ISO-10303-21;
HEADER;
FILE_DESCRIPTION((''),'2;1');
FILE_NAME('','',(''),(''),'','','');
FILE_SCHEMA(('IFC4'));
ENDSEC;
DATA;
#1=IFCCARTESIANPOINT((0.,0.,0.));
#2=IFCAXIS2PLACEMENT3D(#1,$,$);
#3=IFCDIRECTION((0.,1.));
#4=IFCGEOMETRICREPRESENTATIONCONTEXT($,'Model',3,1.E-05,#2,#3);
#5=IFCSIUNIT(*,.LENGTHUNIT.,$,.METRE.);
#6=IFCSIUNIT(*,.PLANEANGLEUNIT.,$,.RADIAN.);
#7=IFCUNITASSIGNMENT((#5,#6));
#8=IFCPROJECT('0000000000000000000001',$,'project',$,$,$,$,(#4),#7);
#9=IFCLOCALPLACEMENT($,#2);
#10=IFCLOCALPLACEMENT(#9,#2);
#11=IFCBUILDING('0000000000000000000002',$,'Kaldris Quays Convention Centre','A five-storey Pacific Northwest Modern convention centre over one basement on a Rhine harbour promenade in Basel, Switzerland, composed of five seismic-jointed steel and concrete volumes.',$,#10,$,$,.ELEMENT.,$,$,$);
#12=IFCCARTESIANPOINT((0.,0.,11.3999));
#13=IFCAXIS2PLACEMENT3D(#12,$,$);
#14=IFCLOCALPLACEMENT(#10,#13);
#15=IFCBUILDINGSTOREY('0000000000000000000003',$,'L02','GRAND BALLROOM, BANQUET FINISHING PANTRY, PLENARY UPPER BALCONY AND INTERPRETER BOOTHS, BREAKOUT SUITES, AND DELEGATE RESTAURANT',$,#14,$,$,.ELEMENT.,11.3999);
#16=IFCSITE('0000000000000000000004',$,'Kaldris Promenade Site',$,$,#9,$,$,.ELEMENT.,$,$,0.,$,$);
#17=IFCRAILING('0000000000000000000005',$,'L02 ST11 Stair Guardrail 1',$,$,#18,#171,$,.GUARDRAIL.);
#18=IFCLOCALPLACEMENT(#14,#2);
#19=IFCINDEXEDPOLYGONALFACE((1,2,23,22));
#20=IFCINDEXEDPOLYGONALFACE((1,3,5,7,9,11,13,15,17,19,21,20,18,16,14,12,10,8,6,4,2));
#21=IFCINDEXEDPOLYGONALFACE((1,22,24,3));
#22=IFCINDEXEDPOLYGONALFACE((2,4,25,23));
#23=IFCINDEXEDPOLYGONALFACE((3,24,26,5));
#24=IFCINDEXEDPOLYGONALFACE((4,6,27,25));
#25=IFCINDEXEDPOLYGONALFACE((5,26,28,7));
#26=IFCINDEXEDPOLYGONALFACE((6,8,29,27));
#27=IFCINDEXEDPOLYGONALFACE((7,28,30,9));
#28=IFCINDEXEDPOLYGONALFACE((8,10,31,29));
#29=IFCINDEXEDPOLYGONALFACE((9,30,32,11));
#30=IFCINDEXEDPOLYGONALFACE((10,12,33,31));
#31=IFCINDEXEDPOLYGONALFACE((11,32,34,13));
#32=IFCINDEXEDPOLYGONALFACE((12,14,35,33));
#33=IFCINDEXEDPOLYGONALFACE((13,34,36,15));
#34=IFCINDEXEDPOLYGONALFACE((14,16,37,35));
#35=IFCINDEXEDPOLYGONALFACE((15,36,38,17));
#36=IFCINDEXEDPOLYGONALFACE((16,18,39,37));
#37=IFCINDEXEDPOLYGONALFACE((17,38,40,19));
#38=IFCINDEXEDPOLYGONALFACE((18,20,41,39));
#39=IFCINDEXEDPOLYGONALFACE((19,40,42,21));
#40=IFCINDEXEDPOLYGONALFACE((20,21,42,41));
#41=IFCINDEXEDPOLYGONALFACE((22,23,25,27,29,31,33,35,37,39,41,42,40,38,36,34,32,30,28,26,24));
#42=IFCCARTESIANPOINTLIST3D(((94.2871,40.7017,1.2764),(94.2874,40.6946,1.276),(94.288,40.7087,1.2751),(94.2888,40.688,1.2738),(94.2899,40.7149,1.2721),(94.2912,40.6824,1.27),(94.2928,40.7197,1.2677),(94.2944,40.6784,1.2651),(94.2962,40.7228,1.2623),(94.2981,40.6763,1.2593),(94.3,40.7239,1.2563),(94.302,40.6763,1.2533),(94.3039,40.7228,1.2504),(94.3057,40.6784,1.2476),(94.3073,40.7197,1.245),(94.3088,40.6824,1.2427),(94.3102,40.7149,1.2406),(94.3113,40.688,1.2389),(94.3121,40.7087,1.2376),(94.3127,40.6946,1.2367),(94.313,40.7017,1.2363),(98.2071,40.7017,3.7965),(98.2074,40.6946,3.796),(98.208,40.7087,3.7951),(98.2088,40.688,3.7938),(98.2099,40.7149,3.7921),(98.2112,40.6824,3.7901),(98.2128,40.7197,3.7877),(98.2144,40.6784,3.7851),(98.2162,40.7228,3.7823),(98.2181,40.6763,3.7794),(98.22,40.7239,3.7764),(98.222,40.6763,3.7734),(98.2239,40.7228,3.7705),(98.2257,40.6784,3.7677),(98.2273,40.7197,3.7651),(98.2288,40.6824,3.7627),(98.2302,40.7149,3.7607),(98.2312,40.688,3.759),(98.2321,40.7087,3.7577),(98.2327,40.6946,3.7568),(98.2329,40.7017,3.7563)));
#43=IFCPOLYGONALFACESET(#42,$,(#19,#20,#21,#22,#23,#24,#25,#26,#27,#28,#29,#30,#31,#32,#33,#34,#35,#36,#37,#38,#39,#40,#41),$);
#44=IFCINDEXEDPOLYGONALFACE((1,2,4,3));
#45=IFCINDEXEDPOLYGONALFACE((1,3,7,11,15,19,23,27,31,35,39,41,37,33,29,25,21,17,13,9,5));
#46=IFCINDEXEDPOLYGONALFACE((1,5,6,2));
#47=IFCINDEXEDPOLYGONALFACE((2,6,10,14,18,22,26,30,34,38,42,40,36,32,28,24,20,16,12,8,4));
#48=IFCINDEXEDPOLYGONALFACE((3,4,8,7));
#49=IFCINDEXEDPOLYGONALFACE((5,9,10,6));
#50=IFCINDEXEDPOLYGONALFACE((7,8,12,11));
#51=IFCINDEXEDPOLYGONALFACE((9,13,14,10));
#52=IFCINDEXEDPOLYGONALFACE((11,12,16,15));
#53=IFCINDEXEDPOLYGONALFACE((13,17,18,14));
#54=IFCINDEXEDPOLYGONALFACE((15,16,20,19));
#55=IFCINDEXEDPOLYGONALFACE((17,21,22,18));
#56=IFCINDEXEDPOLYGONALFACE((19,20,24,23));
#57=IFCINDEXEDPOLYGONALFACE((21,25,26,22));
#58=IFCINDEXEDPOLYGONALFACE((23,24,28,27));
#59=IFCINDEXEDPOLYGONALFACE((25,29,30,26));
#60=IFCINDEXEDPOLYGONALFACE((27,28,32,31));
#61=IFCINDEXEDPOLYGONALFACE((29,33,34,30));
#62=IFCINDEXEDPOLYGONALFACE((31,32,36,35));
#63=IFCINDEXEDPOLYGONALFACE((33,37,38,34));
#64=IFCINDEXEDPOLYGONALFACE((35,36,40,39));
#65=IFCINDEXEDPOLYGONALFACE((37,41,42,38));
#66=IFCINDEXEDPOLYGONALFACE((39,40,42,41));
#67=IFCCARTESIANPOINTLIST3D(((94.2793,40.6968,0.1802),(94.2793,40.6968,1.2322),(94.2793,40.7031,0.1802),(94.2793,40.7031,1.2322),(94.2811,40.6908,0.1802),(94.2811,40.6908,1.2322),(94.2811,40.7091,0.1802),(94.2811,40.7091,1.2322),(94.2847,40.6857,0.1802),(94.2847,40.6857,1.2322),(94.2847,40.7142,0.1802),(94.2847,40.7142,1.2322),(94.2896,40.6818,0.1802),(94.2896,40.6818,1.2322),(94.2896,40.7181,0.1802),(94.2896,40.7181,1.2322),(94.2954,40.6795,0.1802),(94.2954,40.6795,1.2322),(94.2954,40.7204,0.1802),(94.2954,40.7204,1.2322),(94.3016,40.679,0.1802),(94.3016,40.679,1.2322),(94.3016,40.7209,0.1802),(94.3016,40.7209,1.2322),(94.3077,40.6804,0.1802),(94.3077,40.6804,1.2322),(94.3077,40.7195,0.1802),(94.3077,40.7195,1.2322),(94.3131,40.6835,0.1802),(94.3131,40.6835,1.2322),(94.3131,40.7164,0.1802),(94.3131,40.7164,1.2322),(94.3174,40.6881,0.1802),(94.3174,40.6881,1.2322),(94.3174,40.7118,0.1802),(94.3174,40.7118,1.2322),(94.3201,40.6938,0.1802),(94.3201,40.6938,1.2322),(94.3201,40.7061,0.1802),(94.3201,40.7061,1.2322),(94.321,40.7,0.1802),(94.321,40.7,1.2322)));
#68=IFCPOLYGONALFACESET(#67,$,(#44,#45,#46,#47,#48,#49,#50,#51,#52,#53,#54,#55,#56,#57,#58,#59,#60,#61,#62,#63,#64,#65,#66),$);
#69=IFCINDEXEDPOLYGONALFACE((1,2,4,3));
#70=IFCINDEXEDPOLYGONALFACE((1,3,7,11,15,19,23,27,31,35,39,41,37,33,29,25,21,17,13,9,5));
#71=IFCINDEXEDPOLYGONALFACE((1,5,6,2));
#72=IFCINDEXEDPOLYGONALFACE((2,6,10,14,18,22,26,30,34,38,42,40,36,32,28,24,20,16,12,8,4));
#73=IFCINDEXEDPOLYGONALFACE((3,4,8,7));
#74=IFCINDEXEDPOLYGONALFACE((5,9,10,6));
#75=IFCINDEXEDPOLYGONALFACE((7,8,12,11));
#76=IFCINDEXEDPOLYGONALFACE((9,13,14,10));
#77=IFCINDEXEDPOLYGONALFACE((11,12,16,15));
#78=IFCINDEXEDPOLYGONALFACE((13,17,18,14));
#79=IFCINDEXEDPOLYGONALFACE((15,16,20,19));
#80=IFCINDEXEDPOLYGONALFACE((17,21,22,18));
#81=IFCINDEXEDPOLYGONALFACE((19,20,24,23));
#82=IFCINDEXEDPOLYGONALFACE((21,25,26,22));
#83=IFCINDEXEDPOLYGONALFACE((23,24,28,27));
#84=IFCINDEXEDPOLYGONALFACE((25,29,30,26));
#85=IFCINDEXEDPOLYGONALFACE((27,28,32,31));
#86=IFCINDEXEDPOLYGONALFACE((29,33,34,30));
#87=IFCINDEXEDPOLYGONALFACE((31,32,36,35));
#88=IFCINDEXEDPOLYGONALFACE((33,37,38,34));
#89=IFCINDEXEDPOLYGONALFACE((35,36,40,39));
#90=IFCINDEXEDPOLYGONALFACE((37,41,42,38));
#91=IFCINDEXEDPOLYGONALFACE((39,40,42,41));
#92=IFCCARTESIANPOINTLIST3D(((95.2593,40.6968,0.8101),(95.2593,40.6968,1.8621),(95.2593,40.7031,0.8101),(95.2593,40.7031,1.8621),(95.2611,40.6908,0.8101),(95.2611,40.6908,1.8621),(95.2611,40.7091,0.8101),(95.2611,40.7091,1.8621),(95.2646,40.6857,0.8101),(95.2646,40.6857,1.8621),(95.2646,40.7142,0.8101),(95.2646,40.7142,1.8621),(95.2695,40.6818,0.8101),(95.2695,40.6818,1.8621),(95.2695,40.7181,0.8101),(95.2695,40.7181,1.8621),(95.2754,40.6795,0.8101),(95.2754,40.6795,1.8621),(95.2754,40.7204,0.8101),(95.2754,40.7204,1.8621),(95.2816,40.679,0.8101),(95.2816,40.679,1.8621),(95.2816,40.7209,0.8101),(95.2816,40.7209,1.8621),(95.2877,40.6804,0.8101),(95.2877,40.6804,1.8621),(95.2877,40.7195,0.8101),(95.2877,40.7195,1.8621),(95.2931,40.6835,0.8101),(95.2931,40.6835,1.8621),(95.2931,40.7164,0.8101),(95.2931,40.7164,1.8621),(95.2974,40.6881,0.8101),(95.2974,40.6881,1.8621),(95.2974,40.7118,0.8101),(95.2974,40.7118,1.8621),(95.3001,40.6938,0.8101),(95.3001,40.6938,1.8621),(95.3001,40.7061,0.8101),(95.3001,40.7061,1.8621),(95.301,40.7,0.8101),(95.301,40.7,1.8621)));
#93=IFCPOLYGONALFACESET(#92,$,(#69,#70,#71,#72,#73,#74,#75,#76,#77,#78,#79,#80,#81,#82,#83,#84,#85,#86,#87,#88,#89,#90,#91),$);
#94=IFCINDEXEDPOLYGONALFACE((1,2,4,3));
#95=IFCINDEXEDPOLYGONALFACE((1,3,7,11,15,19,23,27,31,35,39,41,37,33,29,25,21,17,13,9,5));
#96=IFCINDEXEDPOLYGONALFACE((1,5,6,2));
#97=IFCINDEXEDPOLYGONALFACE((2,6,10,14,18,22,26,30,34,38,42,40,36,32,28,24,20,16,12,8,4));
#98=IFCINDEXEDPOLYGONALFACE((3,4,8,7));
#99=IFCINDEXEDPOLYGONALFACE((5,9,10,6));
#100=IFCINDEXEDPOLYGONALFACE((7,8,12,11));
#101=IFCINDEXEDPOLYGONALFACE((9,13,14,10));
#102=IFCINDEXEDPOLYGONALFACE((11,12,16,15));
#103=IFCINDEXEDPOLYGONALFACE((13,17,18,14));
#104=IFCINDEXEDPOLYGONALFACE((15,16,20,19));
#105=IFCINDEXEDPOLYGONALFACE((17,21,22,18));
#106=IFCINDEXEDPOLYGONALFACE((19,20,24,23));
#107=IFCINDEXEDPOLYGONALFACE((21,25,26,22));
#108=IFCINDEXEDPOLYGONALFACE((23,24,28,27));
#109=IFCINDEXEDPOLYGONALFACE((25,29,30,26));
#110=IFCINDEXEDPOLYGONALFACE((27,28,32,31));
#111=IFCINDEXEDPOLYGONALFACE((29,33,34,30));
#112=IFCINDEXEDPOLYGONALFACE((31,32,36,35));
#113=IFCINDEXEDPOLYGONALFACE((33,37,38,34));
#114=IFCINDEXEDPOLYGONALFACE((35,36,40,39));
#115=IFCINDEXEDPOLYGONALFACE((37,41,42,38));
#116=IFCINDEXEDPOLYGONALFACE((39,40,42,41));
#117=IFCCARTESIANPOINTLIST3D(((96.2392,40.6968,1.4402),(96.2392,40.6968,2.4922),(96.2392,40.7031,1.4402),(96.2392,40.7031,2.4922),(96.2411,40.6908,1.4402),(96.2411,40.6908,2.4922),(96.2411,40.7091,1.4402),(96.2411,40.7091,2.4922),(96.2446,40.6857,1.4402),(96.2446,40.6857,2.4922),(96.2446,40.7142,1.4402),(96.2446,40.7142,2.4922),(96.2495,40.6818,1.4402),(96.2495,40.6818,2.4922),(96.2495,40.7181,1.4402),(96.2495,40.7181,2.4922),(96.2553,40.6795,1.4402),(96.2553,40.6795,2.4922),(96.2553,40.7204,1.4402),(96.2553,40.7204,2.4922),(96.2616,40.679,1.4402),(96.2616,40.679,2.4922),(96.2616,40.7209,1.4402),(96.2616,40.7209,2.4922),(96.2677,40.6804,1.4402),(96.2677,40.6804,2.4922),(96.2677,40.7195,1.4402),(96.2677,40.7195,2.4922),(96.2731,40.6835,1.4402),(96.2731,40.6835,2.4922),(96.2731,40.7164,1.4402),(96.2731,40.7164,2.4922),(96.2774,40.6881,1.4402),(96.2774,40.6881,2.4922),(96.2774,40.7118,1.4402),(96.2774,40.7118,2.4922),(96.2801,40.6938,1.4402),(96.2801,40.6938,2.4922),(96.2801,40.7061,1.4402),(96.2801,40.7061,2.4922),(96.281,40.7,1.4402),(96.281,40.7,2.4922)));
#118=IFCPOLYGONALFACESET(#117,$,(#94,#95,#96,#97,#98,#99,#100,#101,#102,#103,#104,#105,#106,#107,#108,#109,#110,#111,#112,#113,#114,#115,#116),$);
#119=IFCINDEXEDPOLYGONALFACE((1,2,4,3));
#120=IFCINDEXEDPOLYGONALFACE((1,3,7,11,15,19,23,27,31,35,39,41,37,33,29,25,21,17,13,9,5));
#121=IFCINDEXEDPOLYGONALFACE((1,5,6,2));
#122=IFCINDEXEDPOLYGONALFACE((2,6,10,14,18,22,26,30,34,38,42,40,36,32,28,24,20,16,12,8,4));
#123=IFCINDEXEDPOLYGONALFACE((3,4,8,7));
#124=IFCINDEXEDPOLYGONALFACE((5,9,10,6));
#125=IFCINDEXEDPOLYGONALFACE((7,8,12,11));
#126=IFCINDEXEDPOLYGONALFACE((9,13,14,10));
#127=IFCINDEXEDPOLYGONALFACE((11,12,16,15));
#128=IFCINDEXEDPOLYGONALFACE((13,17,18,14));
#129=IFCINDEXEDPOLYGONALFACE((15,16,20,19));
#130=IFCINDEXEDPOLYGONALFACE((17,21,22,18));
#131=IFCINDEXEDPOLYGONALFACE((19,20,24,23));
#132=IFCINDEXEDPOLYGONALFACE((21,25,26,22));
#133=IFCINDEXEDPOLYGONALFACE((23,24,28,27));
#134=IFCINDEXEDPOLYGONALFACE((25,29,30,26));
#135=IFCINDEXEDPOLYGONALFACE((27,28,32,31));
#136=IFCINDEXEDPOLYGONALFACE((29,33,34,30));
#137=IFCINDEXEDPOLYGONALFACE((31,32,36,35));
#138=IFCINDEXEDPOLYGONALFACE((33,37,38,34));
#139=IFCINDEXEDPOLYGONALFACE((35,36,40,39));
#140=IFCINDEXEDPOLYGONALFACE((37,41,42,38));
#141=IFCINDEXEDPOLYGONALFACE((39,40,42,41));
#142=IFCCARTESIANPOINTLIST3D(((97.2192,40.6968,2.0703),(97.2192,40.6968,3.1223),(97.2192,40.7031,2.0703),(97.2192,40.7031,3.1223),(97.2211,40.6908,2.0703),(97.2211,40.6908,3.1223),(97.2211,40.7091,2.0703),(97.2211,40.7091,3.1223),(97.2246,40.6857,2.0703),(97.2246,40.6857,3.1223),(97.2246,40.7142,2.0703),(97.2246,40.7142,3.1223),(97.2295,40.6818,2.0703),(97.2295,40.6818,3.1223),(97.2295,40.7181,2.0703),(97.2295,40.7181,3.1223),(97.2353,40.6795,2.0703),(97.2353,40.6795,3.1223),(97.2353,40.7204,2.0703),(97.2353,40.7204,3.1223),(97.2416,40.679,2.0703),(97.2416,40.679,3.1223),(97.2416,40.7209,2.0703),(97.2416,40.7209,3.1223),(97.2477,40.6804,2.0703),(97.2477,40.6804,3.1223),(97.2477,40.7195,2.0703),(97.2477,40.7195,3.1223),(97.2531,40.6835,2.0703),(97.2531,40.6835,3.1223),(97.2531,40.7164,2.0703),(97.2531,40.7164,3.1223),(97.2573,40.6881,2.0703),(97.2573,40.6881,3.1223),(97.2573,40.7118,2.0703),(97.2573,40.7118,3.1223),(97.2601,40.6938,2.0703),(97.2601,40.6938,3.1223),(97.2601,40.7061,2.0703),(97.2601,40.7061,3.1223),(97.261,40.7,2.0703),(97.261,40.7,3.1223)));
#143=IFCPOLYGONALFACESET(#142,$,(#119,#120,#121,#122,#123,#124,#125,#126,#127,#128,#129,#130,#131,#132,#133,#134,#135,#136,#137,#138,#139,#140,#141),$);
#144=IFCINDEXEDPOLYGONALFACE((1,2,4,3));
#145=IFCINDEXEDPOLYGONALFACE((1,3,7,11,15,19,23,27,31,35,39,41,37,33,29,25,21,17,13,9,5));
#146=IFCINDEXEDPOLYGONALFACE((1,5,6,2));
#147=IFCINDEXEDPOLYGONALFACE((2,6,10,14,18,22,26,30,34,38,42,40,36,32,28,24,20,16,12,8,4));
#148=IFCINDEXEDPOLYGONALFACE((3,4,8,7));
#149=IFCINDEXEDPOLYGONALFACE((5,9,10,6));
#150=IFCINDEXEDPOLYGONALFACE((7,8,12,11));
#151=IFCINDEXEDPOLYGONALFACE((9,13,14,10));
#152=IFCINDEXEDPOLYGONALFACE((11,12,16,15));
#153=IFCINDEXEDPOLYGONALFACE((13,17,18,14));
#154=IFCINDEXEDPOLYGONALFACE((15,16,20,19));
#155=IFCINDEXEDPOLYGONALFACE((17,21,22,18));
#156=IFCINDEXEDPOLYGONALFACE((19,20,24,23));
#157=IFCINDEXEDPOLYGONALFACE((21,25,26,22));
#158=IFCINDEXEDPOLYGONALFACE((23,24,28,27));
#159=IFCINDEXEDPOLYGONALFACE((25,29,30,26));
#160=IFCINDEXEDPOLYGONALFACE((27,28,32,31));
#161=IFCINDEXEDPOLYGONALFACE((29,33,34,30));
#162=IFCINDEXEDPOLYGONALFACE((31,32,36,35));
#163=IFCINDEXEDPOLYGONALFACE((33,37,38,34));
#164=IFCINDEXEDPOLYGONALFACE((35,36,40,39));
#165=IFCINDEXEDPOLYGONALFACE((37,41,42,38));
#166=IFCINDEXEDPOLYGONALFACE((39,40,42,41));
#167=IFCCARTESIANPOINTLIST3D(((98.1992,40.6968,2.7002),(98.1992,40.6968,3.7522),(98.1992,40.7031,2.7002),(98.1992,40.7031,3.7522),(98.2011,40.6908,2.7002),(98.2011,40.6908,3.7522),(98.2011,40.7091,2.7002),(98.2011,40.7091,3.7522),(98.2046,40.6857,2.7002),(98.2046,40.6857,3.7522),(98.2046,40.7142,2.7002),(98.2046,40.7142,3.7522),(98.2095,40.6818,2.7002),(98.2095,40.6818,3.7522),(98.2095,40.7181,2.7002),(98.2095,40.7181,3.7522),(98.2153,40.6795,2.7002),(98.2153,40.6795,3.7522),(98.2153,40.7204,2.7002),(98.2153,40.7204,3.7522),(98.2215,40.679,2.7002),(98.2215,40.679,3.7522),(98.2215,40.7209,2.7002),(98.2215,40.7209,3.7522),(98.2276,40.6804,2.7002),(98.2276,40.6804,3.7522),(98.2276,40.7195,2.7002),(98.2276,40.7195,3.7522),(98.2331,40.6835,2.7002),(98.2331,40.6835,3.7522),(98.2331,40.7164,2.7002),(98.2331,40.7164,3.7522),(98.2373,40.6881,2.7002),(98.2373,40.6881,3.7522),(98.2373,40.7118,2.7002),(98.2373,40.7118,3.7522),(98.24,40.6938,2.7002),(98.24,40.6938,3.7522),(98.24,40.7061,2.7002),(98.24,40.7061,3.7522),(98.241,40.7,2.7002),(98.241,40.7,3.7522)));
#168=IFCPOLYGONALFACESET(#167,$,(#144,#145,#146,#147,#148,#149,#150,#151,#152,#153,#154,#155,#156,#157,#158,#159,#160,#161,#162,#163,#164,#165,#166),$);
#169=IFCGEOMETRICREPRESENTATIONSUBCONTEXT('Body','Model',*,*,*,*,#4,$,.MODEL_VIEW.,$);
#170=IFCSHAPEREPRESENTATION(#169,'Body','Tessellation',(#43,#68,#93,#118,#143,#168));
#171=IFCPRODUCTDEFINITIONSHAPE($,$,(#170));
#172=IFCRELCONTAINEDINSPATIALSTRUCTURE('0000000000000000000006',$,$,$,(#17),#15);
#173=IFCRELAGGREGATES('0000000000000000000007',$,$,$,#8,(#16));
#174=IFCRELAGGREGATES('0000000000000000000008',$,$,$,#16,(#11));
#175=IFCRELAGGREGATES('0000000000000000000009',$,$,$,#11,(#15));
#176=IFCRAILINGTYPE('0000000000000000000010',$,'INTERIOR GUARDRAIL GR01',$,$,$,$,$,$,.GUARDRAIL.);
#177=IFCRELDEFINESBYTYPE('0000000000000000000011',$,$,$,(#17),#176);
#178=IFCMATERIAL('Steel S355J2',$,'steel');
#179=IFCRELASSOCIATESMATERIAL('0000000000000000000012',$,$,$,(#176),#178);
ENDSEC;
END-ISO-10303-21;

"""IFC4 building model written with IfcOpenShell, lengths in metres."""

from ifc_helpers import new_model, si_unit, direction, frame, origin, origin_2d, place, context, subcontext, project, spatial, circle, extrude, material, type_object, element, save


model = new_model("IFC4")

# Units and contexts
model_context = context("Model", 3, precision=1e-05, world=origin(), true_north=direction((0.0, 1.0)))
body_context = subcontext(model_context, "Body", "Model", "MODEL_VIEW")
ifc_project = project(units=[si_unit("LENGTHUNIT", "METRE"), si_unit("PLANEANGLEUNIT", "RADIAN")], contexts=[model_context])

# Site, building, storey
site_placement = place(None, origin())
site = spatial("IfcSite", under=ifc_project, at=site_placement, Name="Kaldris Promenade Site", CompositionType="ELEMENT", RefElevation=0.0)
building_placement = place(site_placement, origin())
building = spatial("IfcBuilding", under=site, at=building_placement, Name="Kaldris Quays Convention Centre", Description="A five-storey Pacific Northwest Modern convention centre over one basement on a Rhine harbour promenade in Basel, Switzerland, composed of five seismic-jointed steel and concrete volumes.", CompositionType="ELEMENT")
storey_placement = place(building_placement, frame((0.0, 0.0, 11.3999)))
storey = spatial("IfcBuildingStorey", under=building, at=storey_placement, Name="L02", Description="GRAND BALLROOM, BANQUET FINISHING PANTRY, PLENARY UPPER BALCONY AND INTERPRETER BOOTHS, BREAKOUT SUITES, AND DELEGATE RESTAURANT", CompositionType="ELEMENT", Elevation=11.3999)

# Shared definitions
ifc_material_1 = material(Name="Steel S355J2", Category="steel")

# Railing
railing_type_1 = type_object("IfcRailingType", Name="INTERIOR GUARDRAIL GR01", PredefinedType="GUARDRAIL", material=ifc_material_1)
railing_1_placement = place(storey_placement, frame((94.3, 40.7, 0.1802)))
element("IfcRailing", 1, at=railing_1_placement, inside=storey, type_object=railing_type_1, Name="L02 ST11 Stair Guardrail 1", PredefinedType="GUARDRAIL", context=body_context, shape_type="SweptSolid", body=[
    extrude(circle(Radius=0.0239, at=origin_2d()), frame((0.0, 0.0, 1.0762), z_axis=(0.841172, 0.0, 0.540768), x_axis=(0.0, 1.0, 0.0)), (0.0, 0.0, 1.0), 4.6602),
    extrude(circle(Radius=0.021, at=origin_2d()), origin(), (0.0, 0.0, 1.0), 1.052),
    extrude(circle(Radius=0.021, at=origin_2d()), frame((0.98, 0.0, 0.6299)), (0.0, 0.0, 1.0), 1.052),
    extrude(circle(Radius=0.021, at=origin_2d()), frame((1.96, 0.0, 1.26)), (0.0, 0.0, 1.0), 1.052),
    extrude(circle(Radius=0.021, at=origin_2d()), frame((2.9399, 0.0, 1.8901)), (0.0, 0.0, 1.0), 1.052),
    extrude(circle(Radius=0.021, at=origin_2d()), frame((3.9199, 0.0, 2.52)), (0.0, 0.0, 1.0), 1.052),
])

save(model, "model.ifc")
